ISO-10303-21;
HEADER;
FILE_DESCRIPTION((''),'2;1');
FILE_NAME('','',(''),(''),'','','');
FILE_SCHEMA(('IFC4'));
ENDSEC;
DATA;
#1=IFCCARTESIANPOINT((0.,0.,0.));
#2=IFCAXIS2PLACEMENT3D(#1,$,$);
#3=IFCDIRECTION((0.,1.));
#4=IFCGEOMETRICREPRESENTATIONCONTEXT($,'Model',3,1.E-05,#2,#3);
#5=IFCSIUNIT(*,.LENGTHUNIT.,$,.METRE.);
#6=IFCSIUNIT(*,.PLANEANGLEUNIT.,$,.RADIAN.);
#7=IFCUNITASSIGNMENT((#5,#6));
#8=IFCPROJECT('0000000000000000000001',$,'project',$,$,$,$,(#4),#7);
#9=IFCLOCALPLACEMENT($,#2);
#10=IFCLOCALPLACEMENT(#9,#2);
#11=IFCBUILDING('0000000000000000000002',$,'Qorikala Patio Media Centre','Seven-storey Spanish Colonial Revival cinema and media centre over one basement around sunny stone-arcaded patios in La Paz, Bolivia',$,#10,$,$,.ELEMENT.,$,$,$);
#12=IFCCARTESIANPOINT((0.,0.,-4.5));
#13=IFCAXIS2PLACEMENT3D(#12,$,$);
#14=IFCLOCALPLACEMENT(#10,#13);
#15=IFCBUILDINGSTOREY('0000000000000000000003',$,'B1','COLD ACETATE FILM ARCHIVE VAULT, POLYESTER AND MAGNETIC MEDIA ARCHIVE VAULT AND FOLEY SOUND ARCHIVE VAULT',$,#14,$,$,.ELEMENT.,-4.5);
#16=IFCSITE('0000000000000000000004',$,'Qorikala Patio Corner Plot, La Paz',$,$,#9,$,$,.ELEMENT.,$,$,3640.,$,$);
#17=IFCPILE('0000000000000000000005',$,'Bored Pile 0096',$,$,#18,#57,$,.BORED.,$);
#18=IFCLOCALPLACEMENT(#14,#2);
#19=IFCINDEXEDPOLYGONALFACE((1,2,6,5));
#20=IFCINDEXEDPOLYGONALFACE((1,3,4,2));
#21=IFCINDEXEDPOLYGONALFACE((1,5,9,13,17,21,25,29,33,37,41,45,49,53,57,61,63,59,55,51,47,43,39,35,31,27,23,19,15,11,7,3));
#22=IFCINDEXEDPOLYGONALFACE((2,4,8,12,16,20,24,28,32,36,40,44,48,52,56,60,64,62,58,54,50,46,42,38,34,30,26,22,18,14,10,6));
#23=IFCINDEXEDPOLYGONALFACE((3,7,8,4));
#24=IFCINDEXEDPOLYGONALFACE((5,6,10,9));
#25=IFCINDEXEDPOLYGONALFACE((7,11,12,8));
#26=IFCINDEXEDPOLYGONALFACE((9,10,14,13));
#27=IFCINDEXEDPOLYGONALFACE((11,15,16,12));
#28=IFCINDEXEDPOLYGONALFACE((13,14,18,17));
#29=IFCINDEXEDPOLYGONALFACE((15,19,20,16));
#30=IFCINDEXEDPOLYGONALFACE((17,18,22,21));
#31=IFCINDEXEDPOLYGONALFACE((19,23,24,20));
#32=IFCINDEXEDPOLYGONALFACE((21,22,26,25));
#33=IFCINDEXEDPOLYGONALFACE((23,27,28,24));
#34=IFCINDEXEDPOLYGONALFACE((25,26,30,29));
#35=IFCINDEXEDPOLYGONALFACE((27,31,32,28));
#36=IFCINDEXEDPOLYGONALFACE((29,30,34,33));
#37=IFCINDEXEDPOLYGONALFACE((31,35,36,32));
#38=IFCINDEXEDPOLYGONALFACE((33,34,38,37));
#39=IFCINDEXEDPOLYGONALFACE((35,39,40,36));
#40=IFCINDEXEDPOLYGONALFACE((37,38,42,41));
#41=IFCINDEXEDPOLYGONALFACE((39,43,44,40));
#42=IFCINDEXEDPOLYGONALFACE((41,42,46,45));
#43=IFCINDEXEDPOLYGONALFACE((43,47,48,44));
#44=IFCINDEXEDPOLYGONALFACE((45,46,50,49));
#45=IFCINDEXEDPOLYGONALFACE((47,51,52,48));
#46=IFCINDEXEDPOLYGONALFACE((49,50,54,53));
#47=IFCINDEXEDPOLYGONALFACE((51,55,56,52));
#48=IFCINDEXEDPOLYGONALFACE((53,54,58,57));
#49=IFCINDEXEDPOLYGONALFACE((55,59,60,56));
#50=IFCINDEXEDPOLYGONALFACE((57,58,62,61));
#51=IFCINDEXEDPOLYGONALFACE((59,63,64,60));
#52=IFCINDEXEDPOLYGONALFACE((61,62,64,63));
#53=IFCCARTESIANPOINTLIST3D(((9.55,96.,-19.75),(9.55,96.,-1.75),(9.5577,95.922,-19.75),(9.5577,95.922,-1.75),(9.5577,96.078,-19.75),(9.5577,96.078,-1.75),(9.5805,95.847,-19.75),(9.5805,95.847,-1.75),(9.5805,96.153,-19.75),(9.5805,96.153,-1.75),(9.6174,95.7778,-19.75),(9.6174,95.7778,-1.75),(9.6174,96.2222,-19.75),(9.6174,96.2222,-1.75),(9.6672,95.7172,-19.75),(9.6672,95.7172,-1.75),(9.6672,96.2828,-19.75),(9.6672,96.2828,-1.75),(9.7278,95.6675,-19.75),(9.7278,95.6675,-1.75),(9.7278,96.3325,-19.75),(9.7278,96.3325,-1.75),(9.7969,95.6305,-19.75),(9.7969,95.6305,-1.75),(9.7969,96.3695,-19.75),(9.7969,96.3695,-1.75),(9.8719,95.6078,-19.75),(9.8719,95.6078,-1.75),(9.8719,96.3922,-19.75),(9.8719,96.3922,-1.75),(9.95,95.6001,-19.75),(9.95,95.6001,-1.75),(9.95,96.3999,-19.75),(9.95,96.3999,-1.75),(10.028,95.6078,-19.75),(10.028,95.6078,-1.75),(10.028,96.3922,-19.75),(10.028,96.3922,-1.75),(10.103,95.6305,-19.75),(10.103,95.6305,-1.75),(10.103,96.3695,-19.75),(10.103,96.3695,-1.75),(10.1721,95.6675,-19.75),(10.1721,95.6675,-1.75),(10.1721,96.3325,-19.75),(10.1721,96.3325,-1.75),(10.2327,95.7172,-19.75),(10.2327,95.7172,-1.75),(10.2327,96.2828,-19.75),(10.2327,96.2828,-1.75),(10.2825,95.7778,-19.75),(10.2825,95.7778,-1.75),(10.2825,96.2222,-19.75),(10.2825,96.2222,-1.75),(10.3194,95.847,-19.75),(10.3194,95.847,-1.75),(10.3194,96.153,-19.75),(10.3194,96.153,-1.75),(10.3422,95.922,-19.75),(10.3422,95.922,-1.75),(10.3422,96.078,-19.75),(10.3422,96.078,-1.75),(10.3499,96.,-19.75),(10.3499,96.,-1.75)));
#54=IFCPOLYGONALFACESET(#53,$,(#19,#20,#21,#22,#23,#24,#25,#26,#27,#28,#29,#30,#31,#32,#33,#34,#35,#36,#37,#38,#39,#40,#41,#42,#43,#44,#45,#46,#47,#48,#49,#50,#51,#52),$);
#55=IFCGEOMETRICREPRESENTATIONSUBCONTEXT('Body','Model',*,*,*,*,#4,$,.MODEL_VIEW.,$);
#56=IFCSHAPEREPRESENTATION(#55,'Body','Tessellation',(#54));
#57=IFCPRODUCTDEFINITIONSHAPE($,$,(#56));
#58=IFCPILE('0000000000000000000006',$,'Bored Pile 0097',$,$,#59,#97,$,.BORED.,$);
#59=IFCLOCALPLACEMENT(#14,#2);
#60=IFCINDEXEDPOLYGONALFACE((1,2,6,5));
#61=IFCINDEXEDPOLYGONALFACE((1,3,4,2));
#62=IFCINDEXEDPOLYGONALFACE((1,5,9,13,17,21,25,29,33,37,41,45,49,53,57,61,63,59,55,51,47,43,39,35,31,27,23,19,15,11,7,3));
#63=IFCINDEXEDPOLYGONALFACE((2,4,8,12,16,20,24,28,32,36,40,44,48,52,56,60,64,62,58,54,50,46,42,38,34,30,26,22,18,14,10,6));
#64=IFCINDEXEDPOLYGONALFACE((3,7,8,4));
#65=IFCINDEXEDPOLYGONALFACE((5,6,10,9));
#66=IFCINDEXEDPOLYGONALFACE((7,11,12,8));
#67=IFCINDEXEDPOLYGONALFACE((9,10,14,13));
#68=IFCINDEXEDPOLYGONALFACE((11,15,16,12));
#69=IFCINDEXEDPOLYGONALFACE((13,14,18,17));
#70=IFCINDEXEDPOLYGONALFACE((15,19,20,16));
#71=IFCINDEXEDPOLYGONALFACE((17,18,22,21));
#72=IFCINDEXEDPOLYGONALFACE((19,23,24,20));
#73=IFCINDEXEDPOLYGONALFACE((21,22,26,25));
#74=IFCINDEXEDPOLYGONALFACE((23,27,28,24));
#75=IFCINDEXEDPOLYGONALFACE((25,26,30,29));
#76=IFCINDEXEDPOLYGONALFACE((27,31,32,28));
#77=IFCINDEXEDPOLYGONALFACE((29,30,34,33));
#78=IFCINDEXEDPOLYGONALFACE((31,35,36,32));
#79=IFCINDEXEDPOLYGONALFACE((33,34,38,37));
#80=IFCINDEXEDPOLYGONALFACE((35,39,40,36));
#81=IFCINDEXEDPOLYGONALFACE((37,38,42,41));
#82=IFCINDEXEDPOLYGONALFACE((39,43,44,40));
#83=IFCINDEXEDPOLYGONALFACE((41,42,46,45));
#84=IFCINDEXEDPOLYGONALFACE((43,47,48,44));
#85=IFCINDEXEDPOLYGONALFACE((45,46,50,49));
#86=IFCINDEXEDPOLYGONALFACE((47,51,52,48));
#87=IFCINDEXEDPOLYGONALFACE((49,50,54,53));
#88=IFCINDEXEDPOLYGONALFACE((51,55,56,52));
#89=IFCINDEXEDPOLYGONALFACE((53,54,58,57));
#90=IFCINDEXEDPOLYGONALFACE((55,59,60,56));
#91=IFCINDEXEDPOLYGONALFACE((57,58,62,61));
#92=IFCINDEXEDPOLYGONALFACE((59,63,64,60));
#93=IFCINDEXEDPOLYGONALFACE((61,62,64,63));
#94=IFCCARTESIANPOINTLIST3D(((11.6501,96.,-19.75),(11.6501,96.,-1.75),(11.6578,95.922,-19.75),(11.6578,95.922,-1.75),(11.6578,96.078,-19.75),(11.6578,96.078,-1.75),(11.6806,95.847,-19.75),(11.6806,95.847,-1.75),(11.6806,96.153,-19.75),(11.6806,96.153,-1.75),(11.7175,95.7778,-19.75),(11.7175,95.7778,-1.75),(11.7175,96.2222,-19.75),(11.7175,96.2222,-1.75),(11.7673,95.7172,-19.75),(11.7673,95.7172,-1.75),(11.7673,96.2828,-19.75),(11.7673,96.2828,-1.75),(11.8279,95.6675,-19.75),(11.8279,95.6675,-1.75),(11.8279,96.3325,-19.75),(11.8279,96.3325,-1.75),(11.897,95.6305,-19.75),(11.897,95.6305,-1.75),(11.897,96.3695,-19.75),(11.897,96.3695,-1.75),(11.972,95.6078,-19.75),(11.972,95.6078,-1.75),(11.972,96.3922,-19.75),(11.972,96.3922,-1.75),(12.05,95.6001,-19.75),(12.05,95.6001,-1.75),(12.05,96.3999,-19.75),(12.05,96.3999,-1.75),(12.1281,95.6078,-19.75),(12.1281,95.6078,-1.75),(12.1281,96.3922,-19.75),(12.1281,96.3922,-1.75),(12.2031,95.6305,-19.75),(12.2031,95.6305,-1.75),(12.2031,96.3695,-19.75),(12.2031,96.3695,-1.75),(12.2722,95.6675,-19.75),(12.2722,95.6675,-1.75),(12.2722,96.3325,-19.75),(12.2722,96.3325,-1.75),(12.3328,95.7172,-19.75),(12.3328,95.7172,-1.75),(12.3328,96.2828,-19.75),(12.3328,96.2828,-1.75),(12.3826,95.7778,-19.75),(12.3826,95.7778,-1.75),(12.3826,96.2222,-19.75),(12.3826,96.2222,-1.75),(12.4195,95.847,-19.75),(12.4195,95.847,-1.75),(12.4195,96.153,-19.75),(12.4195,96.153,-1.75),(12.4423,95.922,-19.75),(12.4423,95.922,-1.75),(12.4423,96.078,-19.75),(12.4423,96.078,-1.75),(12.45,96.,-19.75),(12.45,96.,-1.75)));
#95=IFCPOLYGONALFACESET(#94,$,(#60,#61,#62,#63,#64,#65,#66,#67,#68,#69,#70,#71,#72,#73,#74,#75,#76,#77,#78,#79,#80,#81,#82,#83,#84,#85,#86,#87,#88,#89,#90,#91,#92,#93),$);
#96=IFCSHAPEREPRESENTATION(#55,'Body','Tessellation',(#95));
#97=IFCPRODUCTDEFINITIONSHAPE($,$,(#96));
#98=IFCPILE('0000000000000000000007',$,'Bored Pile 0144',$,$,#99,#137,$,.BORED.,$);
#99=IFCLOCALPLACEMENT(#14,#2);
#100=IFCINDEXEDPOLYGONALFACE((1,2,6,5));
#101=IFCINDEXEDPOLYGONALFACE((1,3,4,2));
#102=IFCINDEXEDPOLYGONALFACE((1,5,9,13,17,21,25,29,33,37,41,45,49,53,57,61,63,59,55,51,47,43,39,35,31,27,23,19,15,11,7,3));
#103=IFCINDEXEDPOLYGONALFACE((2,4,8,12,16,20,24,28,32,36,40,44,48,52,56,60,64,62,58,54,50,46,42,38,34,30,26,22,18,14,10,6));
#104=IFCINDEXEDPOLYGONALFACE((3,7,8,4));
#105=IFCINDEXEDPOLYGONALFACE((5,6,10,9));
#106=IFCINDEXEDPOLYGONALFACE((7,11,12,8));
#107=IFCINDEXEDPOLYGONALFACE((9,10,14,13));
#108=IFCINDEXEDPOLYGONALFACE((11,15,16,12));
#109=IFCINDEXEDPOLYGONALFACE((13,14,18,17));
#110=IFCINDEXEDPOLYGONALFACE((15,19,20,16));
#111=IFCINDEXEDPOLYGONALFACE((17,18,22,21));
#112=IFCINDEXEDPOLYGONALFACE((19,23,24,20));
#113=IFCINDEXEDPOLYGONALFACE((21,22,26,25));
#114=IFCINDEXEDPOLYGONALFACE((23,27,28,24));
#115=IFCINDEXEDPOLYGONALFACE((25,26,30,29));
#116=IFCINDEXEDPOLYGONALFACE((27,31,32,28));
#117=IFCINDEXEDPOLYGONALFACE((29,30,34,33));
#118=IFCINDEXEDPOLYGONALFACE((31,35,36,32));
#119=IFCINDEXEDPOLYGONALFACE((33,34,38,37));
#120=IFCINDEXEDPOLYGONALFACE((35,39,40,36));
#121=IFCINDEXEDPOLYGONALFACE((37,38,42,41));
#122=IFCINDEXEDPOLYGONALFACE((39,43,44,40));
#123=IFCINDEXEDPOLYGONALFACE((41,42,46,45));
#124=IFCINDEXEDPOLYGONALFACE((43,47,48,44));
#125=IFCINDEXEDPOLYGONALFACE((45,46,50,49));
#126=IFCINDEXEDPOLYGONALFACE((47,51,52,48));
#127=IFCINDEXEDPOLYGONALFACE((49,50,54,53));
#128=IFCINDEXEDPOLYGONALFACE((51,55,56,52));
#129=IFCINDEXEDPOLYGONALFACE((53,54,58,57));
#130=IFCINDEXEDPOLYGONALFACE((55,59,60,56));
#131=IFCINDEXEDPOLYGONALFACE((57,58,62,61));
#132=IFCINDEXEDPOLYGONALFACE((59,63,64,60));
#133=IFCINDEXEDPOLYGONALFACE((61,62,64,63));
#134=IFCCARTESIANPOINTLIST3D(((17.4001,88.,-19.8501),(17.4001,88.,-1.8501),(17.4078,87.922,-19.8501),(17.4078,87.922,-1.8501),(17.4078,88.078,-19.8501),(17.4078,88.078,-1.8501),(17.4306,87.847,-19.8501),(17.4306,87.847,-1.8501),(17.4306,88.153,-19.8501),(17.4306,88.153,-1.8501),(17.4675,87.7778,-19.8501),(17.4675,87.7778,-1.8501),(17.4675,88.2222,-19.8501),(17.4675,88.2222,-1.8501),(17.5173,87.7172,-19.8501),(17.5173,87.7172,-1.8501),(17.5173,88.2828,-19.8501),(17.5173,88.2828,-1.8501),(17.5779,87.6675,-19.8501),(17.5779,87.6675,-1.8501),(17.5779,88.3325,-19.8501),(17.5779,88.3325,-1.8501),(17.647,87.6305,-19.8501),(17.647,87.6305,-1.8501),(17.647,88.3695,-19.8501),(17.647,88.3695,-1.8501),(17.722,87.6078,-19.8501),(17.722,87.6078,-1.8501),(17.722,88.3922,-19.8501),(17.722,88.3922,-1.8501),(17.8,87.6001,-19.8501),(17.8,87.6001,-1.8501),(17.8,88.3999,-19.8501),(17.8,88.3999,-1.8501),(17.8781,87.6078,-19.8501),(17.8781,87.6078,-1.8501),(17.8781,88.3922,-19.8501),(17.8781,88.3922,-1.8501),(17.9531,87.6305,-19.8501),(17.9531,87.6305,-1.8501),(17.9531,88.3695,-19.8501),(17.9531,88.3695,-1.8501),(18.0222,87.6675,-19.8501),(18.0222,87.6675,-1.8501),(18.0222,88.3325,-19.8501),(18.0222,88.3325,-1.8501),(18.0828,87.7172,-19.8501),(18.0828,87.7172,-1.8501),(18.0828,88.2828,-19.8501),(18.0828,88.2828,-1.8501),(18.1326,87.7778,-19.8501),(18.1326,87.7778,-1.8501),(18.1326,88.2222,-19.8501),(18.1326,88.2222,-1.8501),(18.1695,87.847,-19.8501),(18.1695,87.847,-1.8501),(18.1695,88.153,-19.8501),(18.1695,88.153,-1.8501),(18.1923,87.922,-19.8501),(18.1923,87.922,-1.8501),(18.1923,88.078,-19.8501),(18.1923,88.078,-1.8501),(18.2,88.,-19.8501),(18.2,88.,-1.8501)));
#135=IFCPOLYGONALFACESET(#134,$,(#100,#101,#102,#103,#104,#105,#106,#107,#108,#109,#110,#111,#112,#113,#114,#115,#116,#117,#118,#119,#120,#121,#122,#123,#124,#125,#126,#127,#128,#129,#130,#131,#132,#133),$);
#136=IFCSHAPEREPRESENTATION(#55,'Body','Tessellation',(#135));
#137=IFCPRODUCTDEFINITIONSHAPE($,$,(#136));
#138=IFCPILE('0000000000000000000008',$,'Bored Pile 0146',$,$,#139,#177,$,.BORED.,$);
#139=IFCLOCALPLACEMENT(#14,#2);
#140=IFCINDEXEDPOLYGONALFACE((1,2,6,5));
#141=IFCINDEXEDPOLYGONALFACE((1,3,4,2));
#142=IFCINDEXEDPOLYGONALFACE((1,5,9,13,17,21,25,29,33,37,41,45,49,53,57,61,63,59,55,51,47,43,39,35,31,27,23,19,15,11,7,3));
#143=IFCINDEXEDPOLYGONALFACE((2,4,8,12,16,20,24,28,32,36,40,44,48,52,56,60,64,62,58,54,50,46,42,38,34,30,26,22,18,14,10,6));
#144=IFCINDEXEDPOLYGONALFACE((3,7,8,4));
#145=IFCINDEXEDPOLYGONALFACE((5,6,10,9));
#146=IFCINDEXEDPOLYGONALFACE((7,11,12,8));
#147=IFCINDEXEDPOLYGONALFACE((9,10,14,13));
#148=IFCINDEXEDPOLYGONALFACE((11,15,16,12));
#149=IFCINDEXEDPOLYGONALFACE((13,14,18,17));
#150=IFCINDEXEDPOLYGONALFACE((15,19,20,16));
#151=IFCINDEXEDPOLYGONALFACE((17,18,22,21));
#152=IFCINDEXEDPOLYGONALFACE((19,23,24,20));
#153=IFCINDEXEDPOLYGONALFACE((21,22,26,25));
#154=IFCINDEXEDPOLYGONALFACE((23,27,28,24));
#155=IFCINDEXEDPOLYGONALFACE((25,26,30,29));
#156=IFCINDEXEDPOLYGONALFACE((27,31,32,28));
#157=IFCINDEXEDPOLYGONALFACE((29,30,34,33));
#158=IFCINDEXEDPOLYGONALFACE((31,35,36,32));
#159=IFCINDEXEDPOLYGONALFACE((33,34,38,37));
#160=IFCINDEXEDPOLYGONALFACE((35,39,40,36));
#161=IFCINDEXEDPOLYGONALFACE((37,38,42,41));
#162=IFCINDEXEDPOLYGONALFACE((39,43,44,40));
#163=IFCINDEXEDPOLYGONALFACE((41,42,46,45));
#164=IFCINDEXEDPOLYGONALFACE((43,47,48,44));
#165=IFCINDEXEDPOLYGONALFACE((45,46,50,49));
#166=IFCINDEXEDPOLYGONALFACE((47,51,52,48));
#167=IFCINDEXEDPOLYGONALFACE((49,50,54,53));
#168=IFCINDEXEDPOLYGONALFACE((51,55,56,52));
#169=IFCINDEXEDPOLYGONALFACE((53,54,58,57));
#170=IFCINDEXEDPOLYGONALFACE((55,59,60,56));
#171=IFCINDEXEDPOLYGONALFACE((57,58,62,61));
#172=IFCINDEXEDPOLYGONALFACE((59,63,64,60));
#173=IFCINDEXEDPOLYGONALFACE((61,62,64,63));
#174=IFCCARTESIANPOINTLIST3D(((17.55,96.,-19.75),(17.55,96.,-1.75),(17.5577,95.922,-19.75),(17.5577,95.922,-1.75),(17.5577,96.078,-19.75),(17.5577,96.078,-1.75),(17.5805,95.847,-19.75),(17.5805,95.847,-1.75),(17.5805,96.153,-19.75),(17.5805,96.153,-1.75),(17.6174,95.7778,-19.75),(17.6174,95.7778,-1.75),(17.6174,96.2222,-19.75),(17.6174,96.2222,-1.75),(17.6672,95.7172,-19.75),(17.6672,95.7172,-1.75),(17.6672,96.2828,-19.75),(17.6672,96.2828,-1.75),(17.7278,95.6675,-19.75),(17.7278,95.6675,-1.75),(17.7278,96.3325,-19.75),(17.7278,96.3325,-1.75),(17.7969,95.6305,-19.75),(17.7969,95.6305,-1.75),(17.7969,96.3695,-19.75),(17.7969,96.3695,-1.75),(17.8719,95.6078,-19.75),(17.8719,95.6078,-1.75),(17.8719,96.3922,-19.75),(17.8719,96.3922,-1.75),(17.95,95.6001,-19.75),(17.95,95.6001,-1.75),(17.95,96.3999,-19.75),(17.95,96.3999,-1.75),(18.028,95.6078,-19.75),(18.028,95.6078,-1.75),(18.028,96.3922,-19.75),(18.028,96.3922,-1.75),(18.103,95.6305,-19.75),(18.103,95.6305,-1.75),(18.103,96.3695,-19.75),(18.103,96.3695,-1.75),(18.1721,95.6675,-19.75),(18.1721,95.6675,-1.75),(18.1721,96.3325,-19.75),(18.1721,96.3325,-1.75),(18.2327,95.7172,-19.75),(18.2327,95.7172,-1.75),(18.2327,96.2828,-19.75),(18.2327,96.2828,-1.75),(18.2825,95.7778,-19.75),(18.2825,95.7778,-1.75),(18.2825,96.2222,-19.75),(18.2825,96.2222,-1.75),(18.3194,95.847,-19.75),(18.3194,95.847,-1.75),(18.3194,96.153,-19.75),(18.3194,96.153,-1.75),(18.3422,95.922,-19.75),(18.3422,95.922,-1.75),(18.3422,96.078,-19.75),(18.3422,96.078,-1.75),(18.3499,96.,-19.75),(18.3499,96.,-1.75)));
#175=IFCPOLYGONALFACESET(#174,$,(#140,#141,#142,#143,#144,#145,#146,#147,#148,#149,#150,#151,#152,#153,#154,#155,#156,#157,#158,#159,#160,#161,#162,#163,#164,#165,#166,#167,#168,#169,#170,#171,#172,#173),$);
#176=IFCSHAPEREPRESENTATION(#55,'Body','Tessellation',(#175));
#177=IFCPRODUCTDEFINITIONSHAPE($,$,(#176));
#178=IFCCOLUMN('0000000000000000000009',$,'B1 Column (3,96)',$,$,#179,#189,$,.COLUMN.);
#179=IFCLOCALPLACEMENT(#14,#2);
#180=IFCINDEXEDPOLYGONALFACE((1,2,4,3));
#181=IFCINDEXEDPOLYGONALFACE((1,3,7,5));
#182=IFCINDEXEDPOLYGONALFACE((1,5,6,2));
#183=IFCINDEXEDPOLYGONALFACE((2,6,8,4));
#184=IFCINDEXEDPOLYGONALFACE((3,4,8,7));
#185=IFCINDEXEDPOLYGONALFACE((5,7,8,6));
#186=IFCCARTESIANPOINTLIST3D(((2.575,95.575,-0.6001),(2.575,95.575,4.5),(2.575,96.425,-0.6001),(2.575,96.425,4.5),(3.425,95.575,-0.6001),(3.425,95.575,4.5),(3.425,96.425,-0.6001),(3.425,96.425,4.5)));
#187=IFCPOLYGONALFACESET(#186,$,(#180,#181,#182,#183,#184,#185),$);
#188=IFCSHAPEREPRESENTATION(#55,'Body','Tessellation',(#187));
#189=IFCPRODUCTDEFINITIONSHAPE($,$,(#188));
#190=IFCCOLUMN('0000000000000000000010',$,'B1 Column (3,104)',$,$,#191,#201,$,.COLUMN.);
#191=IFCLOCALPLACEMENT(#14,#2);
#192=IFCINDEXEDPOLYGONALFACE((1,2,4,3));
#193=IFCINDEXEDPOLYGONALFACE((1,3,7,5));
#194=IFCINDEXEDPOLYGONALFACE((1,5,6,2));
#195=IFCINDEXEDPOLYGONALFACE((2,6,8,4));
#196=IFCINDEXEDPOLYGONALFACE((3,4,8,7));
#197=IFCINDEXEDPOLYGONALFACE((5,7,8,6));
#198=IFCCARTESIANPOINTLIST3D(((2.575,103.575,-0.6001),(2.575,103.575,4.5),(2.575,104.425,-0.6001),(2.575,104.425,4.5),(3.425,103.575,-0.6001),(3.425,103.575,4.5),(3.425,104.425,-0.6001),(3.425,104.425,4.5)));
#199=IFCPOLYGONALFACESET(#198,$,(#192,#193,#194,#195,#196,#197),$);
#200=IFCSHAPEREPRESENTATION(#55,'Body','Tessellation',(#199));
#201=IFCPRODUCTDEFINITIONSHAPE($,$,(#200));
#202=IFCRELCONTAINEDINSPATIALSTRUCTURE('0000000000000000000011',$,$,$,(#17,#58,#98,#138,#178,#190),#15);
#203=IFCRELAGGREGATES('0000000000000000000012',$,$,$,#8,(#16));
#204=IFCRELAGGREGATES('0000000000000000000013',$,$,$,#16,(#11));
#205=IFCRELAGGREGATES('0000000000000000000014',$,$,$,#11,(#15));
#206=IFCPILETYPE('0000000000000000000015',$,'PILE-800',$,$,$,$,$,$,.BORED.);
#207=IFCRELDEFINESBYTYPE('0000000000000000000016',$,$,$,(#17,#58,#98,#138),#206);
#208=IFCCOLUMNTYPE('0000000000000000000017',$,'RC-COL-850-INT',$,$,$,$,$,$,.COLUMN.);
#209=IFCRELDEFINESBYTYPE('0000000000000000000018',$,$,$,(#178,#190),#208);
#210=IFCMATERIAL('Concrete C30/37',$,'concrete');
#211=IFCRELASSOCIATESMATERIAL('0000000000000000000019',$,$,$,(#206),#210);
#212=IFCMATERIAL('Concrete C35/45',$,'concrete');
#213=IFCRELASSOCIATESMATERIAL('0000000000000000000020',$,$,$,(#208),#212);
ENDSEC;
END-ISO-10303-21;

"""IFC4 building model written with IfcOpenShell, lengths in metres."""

from ifc_helpers import new_model, si_unit, direction, frame, origin, origin_2d, place, context, subcontext, project, spatial, rectangle, circle, extrude, material, material_profile, profile_set, type_object, element, save


model = new_model("IFC4")

# Units and contexts
model_context = context("Model", 3, precision=1e-05, world=origin(), true_north=direction((0.0, 1.0)))
body_context = subcontext(model_context, "Body", "Model", "MODEL_VIEW")
ifc_project = project(units=[si_unit("LENGTHUNIT", "METRE"), si_unit("PLANEANGLEUNIT", "RADIAN")], contexts=[model_context])

# Site, building, storey
site_placement = place(None, origin())
site = spatial("IfcSite", under=ifc_project, at=site_placement, Name="Qorikala Patio Corner Plot, La Paz", CompositionType="ELEMENT", RefElevation=3640.0)
building_placement = place(site_placement, origin())
building = spatial("IfcBuilding", under=site, at=building_placement, Name="Qorikala Patio Media Centre", Description="Seven-storey Spanish Colonial Revival cinema and media centre over one basement around sunny stone-arcaded patios in La Paz, Bolivia", CompositionType="ELEMENT")
storey_placement = place(building_placement, frame((0.0, 0.0, -4.5)))
storey = spatial("IfcBuildingStorey", under=building, at=storey_placement, Name="B1", Description="COLD ACETATE FILM ARCHIVE VAULT, POLYESTER AND MAGNETIC MEDIA ARCHIVE VAULT AND FOLEY SOUND ARCHIVE VAULT", CompositionType="ELEMENT", Elevation=-4.5)

# Shared definitions
ifc_material_1 = material(Name="Concrete C30/37", Category="concrete")

# Piles
ifc_material_profile_1 = material_profile(ifc_material_1, circle(Radius=0.3999, at=origin_2d()), Name="BORED PILE 800")
ifc_profile_set_1 = profile_set([ifc_material_profile_1], Name="Concrete C30/37")
pile_type_1 = type_object("IfcPileType", Name="PILE-800", PredefinedType="BORED", material=ifc_profile_set_1)
for number, where, z_axis, x_axis, name in (
    (1, (9.95, 96.0, -1.75), (0.0, 0.0, -1.0), (1.0, 0.0, 0.0), "Bored Pile 0096"),
    (2, (12.05, 96.0, -1.75), (0.0, 0.0, -1.0), (1.0, 0.0, 0.0), "Bored Pile 0097"),
    (3, (17.8, 88.0, -1.8501), (0.0, 0.0, -1.0), (1.0, 0.0, 0.0), "Bored Pile 0144"),
    (4, (17.95, 96.0, -1.75), (0.0, 0.0, -1.0), (1.0, 0.0, 0.0), "Bored Pile 0146"),
):
    element("IfcPile", number, at=place(storey_placement, frame(where, z_axis=z_axis, x_axis=x_axis)), inside=storey, type_object=pile_type_1, Name=name, PredefinedType="BORED", context=body_context, shape_type="SweptSolid", body=[
        extrude(circle(Radius=0.3999, at=origin_2d()), origin(), (0.0, 0.0, 1.0), 18.0),
    ])

# Columns
ifc_material_2 = material(Name="Concrete C35/45", Category="concrete")
ifc_material_profile_2 = material_profile(ifc_material_2, rectangle(XDim=0.8501, YDim=0.8501, at=origin_2d()), Name="RC 850x850")
ifc_profile_set_2 = profile_set([ifc_material_profile_2], Name="Concrete C35/45")
column_type_1 = type_object("IfcColumnType", Name="RC-COL-850-INT", PredefinedType="COLUMN", material=ifc_profile_set_2)
for number, where, z_axis, x_axis, name in (
    (5, (3.0, 96.0, -0.6001), (0.0, 0.0, 1.0), (1.0, 0.0, 0.0), "B1 Column (3,96)"),
    (6, (3.0, 104.0, -0.6001), (0.0, 0.0, 1.0), (1.0, 0.0, 0.0), "B1 Column (3,104)"),
):
    element("IfcColumn", number, at=place(storey_placement, frame(where, z_axis=z_axis, x_axis=x_axis)), inside=storey, type_object=column_type_1, Name=name, PredefinedType="COLUMN", context=body_context, shape_type="SweptSolid", body=[
        extrude(rectangle(XDim=0.8501, YDim=0.8501, at=origin_2d()), origin(), (0.0, 0.0, 1.0), 5.1001),
    ])

save(model, "model.ifc")
